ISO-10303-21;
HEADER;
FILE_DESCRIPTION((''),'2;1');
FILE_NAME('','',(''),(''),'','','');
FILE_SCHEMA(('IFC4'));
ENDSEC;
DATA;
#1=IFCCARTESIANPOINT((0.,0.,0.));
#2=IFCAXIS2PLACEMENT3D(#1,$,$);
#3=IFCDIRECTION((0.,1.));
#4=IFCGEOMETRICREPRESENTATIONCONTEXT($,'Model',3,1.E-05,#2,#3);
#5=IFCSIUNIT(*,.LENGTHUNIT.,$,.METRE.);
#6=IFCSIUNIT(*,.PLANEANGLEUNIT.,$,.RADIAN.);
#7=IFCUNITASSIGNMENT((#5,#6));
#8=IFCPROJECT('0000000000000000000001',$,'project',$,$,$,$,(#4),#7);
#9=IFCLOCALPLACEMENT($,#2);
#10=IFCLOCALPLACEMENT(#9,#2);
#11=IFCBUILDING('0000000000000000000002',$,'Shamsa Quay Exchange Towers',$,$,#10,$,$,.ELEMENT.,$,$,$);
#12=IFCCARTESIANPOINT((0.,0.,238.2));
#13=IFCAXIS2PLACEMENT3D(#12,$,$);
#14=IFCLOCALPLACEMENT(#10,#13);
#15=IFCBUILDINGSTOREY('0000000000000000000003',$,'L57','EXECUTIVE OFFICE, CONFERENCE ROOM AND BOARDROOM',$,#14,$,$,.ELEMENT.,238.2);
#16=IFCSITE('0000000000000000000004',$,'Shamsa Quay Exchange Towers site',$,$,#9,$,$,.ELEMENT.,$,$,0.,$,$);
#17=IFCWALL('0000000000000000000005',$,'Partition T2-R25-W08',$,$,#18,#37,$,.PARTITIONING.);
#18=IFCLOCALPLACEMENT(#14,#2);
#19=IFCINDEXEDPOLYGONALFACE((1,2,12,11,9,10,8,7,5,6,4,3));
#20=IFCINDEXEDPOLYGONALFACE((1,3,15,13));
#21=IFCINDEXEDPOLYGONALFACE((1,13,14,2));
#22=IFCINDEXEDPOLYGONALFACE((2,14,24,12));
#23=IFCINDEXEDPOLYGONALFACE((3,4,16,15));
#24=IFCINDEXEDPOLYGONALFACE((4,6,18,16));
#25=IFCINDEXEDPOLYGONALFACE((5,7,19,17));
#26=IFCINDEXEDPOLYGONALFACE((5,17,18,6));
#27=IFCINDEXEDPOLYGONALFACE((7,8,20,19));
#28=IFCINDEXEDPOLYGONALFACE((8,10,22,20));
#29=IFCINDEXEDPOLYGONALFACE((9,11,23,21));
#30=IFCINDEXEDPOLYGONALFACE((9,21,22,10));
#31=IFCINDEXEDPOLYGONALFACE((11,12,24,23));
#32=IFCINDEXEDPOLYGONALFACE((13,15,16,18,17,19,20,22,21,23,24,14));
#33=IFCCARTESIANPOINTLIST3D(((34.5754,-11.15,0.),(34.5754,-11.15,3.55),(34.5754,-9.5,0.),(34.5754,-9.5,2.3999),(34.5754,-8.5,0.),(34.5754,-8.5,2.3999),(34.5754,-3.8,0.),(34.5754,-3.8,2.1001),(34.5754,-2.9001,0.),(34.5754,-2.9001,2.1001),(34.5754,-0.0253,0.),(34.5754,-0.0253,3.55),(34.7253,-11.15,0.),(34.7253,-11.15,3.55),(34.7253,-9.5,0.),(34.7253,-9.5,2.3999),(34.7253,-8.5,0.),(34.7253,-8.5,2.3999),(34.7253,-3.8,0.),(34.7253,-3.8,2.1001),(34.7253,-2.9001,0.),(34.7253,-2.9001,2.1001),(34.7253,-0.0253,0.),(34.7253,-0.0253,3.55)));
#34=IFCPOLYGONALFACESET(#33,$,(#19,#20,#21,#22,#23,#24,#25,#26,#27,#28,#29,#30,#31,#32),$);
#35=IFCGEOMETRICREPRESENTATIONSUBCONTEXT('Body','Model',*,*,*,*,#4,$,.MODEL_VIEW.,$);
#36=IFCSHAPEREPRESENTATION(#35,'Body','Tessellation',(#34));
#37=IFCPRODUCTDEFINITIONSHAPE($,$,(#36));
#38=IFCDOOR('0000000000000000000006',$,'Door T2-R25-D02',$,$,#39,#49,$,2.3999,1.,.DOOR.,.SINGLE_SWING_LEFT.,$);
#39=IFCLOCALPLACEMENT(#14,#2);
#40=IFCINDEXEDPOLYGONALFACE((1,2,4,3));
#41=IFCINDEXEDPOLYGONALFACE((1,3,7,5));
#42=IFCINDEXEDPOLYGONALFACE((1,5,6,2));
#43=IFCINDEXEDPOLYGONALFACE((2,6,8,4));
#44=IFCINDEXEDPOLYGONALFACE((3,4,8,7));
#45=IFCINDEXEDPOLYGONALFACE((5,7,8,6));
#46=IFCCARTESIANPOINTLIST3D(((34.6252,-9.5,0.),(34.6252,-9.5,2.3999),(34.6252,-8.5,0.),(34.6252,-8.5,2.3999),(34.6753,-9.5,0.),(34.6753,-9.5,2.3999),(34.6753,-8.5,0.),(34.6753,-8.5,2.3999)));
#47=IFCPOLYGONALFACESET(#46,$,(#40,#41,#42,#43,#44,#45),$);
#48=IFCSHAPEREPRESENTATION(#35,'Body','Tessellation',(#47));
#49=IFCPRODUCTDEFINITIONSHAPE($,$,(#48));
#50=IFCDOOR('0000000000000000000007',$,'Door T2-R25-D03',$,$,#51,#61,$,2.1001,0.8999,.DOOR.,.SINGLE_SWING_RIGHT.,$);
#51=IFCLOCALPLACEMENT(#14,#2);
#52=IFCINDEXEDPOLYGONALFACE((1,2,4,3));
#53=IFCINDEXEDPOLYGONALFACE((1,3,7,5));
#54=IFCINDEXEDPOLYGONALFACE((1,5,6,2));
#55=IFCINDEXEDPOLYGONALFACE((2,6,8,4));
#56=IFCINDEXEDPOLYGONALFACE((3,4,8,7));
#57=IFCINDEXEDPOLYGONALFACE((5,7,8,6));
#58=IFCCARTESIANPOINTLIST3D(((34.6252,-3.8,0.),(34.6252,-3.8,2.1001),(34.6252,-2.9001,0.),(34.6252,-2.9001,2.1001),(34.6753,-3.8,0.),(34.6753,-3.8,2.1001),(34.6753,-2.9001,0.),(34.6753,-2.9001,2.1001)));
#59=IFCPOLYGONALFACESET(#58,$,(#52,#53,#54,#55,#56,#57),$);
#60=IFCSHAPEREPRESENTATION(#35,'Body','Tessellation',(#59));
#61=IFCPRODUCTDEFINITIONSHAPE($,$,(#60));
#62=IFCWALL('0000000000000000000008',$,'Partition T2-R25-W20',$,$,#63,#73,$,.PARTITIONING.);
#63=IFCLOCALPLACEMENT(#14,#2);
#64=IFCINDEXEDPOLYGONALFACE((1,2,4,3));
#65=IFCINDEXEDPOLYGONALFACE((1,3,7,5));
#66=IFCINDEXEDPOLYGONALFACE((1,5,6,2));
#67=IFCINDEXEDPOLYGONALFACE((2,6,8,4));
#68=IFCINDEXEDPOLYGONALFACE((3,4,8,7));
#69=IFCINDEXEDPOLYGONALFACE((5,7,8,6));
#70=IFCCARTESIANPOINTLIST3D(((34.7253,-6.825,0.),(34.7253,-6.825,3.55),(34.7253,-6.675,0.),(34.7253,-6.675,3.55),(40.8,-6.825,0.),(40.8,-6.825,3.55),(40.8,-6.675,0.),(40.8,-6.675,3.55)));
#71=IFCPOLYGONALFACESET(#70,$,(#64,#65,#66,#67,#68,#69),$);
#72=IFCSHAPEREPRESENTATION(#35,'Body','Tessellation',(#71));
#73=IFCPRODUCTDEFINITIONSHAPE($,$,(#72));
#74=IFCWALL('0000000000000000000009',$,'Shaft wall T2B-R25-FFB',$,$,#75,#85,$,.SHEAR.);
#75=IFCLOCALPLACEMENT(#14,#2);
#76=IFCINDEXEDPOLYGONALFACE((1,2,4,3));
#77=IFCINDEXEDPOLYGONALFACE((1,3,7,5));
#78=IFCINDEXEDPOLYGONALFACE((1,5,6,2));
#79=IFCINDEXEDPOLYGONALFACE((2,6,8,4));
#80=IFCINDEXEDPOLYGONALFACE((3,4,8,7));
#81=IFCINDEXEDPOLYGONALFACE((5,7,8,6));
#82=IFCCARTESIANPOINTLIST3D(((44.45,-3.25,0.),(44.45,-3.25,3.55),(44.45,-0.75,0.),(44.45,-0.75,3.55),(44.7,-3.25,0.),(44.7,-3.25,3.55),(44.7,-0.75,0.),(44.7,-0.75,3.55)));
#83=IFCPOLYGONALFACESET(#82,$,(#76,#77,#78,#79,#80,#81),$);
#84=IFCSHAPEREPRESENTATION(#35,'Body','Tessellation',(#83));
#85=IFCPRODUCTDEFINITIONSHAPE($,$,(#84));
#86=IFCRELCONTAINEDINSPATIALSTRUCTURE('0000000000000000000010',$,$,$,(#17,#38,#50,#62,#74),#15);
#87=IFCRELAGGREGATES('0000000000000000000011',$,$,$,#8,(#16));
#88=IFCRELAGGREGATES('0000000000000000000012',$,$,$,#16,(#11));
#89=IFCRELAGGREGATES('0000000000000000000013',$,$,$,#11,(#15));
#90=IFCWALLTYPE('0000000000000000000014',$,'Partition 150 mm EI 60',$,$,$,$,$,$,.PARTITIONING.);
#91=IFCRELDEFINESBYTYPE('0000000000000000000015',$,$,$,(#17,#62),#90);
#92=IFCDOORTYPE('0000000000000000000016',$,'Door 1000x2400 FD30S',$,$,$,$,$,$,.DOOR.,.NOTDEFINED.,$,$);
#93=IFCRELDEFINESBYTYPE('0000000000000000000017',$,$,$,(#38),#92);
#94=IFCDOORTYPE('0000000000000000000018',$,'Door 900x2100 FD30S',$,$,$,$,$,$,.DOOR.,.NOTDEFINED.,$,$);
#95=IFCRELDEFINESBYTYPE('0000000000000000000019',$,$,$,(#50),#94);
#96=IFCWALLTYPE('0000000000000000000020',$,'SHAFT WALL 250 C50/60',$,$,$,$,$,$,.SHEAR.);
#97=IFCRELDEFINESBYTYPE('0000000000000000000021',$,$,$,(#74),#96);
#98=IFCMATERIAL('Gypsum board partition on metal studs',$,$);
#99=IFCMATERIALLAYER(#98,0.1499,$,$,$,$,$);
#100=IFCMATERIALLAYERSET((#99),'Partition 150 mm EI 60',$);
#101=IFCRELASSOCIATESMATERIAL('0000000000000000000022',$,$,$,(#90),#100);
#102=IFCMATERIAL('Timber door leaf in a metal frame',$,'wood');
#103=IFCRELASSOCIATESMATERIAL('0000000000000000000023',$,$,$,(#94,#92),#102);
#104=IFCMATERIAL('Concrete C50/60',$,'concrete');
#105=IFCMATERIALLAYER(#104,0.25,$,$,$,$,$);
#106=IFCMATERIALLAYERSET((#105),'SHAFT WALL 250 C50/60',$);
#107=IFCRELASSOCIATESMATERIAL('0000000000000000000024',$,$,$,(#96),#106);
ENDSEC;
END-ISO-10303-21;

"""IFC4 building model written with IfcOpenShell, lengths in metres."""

from ifc_helpers import new_model, si_unit, direction, frame, frame_2d, origin, place, context, subcontext, project, spatial, rectangle, extrude, material, layer, layer_set, type_object, element, fill, save


model = new_model("IFC4")

# Units and contexts
model_context = context("Model", 3, precision=1e-05, world=origin(), true_north=direction((0.0, 1.0)))
body_context = subcontext(model_context, "Body", "Model", "MODEL_VIEW")
ifc_project = project(units=[si_unit("LENGTHUNIT", "METRE"), si_unit("PLANEANGLEUNIT", "RADIAN")], contexts=[model_context])

# Site, building, storey
site_placement = place(None, origin())
site = spatial("IfcSite", under=ifc_project, at=site_placement, Name="Shamsa Quay Exchange Towers site", CompositionType="ELEMENT", RefElevation=0.0)
building_placement = place(site_placement, origin())
building = spatial("IfcBuilding", under=site, at=building_placement, Name="Shamsa Quay Exchange Towers", CompositionType="ELEMENT")
storey_placement = place(building_placement, frame((0.0, 0.0, 238.2)))
storey = spatial("IfcBuildingStorey", under=building, at=storey_placement, Name="L57", Description="EXECUTIVE OFFICE, CONFERENCE ROOM AND BOARDROOM", CompositionType="ELEMENT", Elevation=238.2)

# Shared definitions
ifc_material_1 = material(Name="Timber door leaf in a metal frame", Category="wood")

# Shared definitions
ifc_material_2 = material(Name="Gypsum board partition on metal studs")
ifc_layer_1 = layer(ifc_material_2, 0.1499)
ifc_layer_set_1 = layer_set([ifc_layer_1], Name="Partition 150 mm EI 60")
wall_type_1 = type_object("IfcWallType", Name="Partition 150 mm EI 60", PredefinedType="PARTITIONING", material=ifc_layer_set_1)

# Shared definitions
door_type_1 = type_object("IfcDoorType", Name="Door 900x2100 FD30S", OperationType="NOTDEFINED", PredefinedType="DOOR", material=ifc_material_1)

# Wall, openings, doors
wall_1_placement = place(storey_placement, frame((34.6504, -0.0251, 0.0), z_axis=(0.0, 0.0, 1.0), x_axis=(0.0, -1.0, 0.0)))
wall_1 = element("IfcWall", 1, at=wall_1_placement, inside=storey, type_object=wall_type_1, Name="Partition T2-R25-W08", PredefinedType="PARTITIONING", context=body_context, shape_type="SweptSolid", body=[
    extrude(rectangle(XDim=11.1248, YDim=0.1499, at=frame_2d((5.5625, 0.0))), origin(), (0.0, 0.0, 1.0), 3.55),
])
opening_1_placement = place(wall_1_placement, frame((8.4749, 0.0, 0.0)))
opening_1 = element("IfcOpeningElement", 2, at=opening_1_placement, cuts=wall_1, PredefinedType="OPENING", context=body_context, shape_type="SweptSolid", body=[
    extrude(rectangle(XDim=1.0, YDim=2.3999, at=frame_2d((0.5, 1.2))), frame((0.0, 0.085, 0.0), z_axis=(0.0, -1.0, 0.0), x_axis=(1.0, 0.0, 0.0)), (0.0, 0.0, 1.0), 0.1699),
])
opening_2_placement = place(wall_1_placement, frame((2.875, 0.0, 0.0)))
opening_2 = element("IfcOpeningElement", 3, at=opening_2_placement, cuts=wall_1, PredefinedType="OPENING", context=body_context, shape_type="SweptSolid", body=[
    extrude(rectangle(XDim=0.8999, YDim=2.1001, at=frame_2d((0.45, 1.05))), frame((0.0, 0.085, 0.0), z_axis=(0.0, -1.0, 0.0), x_axis=(1.0, 0.0, 0.0)), (0.0, 0.0, 1.0), 0.1699),
])
door_type_2 = type_object("IfcDoorType", Name="Door 1000x2400 FD30S", OperationType="NOTDEFINED", PredefinedType="DOOR", material=ifc_material_1)
door_1_placement = place(opening_1_placement, origin())
door_1 = element("IfcDoor", 4, at=door_1_placement, inside=storey, type_object=door_type_2, Name="Door T2-R25-D02", OperationType="SINGLE_SWING_LEFT", OverallHeight=2.3999, OverallWidth=1.0, PredefinedType="DOOR", context=body_context, shape_type="SweptSolid", body=[
    extrude(rectangle(XDim=1.0, YDim=2.3999, at=frame_2d((0.5, 1.2))), frame((0.0, 0.0249, 0.0), z_axis=(0.0, -1.0, 0.0), x_axis=(1.0, 0.0, 0.0)), (0.0, 0.0, 1.0), 0.05),
])
fill(opening_1, door_1)
door_2_placement = place(opening_2_placement, origin())
door_2 = element("IfcDoor", 5, at=door_2_placement, inside=storey, type_object=door_type_1, Name="Door T2-R25-D03", OperationType="SINGLE_SWING_RIGHT", OverallHeight=2.1001, OverallWidth=0.8999, PredefinedType="DOOR", context=body_context, shape_type="SweptSolid", body=[
    extrude(rectangle(XDim=0.8999, YDim=2.1001, at=frame_2d((0.45, 1.05))), frame((0.0, 0.0249, 0.0), z_axis=(0.0, -1.0, 0.0), x_axis=(1.0, 0.0, 0.0)), (0.0, 0.0, 1.0), 0.05),
])
fill(opening_2, door_2)

# Walls
wall_2_placement = place(storey_placement, frame((34.7253, -6.75, 0.0)))
element("IfcWall", 6, at=wall_2_placement, inside=storey, type_object=wall_type_1, Name="Partition T2-R25-W20", PredefinedType="PARTITIONING", context=body_context, shape_type="SweptSolid", body=[
    extrude(rectangle(XDim=6.0747, YDim=0.1499, at=frame_2d((3.0374, 0.0))), origin(), (0.0, 0.0, 1.0), 3.55),
])
ifc_material_3 = material(Name="Concrete C50/60", Category="concrete")
ifc_layer_2 = layer(ifc_material_3, 0.25)
ifc_layer_set_2 = layer_set([ifc_layer_2], Name="SHAFT WALL 250 C50/60")
wall_type_2 = type_object("IfcWallType", Name="SHAFT WALL 250 C50/60", PredefinedType="SHEAR", material=ifc_layer_set_2)
wall_3_placement = place(storey_placement, frame((44.575, -3.25, 0.0), z_axis=(0.0, 0.0, 1.0), x_axis=(0.0, 1.0, 0.0)))
element("IfcWall", 7, at=wall_3_placement, inside=storey, type_object=wall_type_2, Name="Shaft wall T2B-R25-FFB", PredefinedType="SHEAR", context=body_context, shape_type="SweptSolid", body=[
    extrude(rectangle(XDim=2.5, YDim=0.25, at=frame_2d((1.25, 0.0))), origin(), (0.0, 0.0, 1.0), 3.55),
])

save(model, "model.ifc")
